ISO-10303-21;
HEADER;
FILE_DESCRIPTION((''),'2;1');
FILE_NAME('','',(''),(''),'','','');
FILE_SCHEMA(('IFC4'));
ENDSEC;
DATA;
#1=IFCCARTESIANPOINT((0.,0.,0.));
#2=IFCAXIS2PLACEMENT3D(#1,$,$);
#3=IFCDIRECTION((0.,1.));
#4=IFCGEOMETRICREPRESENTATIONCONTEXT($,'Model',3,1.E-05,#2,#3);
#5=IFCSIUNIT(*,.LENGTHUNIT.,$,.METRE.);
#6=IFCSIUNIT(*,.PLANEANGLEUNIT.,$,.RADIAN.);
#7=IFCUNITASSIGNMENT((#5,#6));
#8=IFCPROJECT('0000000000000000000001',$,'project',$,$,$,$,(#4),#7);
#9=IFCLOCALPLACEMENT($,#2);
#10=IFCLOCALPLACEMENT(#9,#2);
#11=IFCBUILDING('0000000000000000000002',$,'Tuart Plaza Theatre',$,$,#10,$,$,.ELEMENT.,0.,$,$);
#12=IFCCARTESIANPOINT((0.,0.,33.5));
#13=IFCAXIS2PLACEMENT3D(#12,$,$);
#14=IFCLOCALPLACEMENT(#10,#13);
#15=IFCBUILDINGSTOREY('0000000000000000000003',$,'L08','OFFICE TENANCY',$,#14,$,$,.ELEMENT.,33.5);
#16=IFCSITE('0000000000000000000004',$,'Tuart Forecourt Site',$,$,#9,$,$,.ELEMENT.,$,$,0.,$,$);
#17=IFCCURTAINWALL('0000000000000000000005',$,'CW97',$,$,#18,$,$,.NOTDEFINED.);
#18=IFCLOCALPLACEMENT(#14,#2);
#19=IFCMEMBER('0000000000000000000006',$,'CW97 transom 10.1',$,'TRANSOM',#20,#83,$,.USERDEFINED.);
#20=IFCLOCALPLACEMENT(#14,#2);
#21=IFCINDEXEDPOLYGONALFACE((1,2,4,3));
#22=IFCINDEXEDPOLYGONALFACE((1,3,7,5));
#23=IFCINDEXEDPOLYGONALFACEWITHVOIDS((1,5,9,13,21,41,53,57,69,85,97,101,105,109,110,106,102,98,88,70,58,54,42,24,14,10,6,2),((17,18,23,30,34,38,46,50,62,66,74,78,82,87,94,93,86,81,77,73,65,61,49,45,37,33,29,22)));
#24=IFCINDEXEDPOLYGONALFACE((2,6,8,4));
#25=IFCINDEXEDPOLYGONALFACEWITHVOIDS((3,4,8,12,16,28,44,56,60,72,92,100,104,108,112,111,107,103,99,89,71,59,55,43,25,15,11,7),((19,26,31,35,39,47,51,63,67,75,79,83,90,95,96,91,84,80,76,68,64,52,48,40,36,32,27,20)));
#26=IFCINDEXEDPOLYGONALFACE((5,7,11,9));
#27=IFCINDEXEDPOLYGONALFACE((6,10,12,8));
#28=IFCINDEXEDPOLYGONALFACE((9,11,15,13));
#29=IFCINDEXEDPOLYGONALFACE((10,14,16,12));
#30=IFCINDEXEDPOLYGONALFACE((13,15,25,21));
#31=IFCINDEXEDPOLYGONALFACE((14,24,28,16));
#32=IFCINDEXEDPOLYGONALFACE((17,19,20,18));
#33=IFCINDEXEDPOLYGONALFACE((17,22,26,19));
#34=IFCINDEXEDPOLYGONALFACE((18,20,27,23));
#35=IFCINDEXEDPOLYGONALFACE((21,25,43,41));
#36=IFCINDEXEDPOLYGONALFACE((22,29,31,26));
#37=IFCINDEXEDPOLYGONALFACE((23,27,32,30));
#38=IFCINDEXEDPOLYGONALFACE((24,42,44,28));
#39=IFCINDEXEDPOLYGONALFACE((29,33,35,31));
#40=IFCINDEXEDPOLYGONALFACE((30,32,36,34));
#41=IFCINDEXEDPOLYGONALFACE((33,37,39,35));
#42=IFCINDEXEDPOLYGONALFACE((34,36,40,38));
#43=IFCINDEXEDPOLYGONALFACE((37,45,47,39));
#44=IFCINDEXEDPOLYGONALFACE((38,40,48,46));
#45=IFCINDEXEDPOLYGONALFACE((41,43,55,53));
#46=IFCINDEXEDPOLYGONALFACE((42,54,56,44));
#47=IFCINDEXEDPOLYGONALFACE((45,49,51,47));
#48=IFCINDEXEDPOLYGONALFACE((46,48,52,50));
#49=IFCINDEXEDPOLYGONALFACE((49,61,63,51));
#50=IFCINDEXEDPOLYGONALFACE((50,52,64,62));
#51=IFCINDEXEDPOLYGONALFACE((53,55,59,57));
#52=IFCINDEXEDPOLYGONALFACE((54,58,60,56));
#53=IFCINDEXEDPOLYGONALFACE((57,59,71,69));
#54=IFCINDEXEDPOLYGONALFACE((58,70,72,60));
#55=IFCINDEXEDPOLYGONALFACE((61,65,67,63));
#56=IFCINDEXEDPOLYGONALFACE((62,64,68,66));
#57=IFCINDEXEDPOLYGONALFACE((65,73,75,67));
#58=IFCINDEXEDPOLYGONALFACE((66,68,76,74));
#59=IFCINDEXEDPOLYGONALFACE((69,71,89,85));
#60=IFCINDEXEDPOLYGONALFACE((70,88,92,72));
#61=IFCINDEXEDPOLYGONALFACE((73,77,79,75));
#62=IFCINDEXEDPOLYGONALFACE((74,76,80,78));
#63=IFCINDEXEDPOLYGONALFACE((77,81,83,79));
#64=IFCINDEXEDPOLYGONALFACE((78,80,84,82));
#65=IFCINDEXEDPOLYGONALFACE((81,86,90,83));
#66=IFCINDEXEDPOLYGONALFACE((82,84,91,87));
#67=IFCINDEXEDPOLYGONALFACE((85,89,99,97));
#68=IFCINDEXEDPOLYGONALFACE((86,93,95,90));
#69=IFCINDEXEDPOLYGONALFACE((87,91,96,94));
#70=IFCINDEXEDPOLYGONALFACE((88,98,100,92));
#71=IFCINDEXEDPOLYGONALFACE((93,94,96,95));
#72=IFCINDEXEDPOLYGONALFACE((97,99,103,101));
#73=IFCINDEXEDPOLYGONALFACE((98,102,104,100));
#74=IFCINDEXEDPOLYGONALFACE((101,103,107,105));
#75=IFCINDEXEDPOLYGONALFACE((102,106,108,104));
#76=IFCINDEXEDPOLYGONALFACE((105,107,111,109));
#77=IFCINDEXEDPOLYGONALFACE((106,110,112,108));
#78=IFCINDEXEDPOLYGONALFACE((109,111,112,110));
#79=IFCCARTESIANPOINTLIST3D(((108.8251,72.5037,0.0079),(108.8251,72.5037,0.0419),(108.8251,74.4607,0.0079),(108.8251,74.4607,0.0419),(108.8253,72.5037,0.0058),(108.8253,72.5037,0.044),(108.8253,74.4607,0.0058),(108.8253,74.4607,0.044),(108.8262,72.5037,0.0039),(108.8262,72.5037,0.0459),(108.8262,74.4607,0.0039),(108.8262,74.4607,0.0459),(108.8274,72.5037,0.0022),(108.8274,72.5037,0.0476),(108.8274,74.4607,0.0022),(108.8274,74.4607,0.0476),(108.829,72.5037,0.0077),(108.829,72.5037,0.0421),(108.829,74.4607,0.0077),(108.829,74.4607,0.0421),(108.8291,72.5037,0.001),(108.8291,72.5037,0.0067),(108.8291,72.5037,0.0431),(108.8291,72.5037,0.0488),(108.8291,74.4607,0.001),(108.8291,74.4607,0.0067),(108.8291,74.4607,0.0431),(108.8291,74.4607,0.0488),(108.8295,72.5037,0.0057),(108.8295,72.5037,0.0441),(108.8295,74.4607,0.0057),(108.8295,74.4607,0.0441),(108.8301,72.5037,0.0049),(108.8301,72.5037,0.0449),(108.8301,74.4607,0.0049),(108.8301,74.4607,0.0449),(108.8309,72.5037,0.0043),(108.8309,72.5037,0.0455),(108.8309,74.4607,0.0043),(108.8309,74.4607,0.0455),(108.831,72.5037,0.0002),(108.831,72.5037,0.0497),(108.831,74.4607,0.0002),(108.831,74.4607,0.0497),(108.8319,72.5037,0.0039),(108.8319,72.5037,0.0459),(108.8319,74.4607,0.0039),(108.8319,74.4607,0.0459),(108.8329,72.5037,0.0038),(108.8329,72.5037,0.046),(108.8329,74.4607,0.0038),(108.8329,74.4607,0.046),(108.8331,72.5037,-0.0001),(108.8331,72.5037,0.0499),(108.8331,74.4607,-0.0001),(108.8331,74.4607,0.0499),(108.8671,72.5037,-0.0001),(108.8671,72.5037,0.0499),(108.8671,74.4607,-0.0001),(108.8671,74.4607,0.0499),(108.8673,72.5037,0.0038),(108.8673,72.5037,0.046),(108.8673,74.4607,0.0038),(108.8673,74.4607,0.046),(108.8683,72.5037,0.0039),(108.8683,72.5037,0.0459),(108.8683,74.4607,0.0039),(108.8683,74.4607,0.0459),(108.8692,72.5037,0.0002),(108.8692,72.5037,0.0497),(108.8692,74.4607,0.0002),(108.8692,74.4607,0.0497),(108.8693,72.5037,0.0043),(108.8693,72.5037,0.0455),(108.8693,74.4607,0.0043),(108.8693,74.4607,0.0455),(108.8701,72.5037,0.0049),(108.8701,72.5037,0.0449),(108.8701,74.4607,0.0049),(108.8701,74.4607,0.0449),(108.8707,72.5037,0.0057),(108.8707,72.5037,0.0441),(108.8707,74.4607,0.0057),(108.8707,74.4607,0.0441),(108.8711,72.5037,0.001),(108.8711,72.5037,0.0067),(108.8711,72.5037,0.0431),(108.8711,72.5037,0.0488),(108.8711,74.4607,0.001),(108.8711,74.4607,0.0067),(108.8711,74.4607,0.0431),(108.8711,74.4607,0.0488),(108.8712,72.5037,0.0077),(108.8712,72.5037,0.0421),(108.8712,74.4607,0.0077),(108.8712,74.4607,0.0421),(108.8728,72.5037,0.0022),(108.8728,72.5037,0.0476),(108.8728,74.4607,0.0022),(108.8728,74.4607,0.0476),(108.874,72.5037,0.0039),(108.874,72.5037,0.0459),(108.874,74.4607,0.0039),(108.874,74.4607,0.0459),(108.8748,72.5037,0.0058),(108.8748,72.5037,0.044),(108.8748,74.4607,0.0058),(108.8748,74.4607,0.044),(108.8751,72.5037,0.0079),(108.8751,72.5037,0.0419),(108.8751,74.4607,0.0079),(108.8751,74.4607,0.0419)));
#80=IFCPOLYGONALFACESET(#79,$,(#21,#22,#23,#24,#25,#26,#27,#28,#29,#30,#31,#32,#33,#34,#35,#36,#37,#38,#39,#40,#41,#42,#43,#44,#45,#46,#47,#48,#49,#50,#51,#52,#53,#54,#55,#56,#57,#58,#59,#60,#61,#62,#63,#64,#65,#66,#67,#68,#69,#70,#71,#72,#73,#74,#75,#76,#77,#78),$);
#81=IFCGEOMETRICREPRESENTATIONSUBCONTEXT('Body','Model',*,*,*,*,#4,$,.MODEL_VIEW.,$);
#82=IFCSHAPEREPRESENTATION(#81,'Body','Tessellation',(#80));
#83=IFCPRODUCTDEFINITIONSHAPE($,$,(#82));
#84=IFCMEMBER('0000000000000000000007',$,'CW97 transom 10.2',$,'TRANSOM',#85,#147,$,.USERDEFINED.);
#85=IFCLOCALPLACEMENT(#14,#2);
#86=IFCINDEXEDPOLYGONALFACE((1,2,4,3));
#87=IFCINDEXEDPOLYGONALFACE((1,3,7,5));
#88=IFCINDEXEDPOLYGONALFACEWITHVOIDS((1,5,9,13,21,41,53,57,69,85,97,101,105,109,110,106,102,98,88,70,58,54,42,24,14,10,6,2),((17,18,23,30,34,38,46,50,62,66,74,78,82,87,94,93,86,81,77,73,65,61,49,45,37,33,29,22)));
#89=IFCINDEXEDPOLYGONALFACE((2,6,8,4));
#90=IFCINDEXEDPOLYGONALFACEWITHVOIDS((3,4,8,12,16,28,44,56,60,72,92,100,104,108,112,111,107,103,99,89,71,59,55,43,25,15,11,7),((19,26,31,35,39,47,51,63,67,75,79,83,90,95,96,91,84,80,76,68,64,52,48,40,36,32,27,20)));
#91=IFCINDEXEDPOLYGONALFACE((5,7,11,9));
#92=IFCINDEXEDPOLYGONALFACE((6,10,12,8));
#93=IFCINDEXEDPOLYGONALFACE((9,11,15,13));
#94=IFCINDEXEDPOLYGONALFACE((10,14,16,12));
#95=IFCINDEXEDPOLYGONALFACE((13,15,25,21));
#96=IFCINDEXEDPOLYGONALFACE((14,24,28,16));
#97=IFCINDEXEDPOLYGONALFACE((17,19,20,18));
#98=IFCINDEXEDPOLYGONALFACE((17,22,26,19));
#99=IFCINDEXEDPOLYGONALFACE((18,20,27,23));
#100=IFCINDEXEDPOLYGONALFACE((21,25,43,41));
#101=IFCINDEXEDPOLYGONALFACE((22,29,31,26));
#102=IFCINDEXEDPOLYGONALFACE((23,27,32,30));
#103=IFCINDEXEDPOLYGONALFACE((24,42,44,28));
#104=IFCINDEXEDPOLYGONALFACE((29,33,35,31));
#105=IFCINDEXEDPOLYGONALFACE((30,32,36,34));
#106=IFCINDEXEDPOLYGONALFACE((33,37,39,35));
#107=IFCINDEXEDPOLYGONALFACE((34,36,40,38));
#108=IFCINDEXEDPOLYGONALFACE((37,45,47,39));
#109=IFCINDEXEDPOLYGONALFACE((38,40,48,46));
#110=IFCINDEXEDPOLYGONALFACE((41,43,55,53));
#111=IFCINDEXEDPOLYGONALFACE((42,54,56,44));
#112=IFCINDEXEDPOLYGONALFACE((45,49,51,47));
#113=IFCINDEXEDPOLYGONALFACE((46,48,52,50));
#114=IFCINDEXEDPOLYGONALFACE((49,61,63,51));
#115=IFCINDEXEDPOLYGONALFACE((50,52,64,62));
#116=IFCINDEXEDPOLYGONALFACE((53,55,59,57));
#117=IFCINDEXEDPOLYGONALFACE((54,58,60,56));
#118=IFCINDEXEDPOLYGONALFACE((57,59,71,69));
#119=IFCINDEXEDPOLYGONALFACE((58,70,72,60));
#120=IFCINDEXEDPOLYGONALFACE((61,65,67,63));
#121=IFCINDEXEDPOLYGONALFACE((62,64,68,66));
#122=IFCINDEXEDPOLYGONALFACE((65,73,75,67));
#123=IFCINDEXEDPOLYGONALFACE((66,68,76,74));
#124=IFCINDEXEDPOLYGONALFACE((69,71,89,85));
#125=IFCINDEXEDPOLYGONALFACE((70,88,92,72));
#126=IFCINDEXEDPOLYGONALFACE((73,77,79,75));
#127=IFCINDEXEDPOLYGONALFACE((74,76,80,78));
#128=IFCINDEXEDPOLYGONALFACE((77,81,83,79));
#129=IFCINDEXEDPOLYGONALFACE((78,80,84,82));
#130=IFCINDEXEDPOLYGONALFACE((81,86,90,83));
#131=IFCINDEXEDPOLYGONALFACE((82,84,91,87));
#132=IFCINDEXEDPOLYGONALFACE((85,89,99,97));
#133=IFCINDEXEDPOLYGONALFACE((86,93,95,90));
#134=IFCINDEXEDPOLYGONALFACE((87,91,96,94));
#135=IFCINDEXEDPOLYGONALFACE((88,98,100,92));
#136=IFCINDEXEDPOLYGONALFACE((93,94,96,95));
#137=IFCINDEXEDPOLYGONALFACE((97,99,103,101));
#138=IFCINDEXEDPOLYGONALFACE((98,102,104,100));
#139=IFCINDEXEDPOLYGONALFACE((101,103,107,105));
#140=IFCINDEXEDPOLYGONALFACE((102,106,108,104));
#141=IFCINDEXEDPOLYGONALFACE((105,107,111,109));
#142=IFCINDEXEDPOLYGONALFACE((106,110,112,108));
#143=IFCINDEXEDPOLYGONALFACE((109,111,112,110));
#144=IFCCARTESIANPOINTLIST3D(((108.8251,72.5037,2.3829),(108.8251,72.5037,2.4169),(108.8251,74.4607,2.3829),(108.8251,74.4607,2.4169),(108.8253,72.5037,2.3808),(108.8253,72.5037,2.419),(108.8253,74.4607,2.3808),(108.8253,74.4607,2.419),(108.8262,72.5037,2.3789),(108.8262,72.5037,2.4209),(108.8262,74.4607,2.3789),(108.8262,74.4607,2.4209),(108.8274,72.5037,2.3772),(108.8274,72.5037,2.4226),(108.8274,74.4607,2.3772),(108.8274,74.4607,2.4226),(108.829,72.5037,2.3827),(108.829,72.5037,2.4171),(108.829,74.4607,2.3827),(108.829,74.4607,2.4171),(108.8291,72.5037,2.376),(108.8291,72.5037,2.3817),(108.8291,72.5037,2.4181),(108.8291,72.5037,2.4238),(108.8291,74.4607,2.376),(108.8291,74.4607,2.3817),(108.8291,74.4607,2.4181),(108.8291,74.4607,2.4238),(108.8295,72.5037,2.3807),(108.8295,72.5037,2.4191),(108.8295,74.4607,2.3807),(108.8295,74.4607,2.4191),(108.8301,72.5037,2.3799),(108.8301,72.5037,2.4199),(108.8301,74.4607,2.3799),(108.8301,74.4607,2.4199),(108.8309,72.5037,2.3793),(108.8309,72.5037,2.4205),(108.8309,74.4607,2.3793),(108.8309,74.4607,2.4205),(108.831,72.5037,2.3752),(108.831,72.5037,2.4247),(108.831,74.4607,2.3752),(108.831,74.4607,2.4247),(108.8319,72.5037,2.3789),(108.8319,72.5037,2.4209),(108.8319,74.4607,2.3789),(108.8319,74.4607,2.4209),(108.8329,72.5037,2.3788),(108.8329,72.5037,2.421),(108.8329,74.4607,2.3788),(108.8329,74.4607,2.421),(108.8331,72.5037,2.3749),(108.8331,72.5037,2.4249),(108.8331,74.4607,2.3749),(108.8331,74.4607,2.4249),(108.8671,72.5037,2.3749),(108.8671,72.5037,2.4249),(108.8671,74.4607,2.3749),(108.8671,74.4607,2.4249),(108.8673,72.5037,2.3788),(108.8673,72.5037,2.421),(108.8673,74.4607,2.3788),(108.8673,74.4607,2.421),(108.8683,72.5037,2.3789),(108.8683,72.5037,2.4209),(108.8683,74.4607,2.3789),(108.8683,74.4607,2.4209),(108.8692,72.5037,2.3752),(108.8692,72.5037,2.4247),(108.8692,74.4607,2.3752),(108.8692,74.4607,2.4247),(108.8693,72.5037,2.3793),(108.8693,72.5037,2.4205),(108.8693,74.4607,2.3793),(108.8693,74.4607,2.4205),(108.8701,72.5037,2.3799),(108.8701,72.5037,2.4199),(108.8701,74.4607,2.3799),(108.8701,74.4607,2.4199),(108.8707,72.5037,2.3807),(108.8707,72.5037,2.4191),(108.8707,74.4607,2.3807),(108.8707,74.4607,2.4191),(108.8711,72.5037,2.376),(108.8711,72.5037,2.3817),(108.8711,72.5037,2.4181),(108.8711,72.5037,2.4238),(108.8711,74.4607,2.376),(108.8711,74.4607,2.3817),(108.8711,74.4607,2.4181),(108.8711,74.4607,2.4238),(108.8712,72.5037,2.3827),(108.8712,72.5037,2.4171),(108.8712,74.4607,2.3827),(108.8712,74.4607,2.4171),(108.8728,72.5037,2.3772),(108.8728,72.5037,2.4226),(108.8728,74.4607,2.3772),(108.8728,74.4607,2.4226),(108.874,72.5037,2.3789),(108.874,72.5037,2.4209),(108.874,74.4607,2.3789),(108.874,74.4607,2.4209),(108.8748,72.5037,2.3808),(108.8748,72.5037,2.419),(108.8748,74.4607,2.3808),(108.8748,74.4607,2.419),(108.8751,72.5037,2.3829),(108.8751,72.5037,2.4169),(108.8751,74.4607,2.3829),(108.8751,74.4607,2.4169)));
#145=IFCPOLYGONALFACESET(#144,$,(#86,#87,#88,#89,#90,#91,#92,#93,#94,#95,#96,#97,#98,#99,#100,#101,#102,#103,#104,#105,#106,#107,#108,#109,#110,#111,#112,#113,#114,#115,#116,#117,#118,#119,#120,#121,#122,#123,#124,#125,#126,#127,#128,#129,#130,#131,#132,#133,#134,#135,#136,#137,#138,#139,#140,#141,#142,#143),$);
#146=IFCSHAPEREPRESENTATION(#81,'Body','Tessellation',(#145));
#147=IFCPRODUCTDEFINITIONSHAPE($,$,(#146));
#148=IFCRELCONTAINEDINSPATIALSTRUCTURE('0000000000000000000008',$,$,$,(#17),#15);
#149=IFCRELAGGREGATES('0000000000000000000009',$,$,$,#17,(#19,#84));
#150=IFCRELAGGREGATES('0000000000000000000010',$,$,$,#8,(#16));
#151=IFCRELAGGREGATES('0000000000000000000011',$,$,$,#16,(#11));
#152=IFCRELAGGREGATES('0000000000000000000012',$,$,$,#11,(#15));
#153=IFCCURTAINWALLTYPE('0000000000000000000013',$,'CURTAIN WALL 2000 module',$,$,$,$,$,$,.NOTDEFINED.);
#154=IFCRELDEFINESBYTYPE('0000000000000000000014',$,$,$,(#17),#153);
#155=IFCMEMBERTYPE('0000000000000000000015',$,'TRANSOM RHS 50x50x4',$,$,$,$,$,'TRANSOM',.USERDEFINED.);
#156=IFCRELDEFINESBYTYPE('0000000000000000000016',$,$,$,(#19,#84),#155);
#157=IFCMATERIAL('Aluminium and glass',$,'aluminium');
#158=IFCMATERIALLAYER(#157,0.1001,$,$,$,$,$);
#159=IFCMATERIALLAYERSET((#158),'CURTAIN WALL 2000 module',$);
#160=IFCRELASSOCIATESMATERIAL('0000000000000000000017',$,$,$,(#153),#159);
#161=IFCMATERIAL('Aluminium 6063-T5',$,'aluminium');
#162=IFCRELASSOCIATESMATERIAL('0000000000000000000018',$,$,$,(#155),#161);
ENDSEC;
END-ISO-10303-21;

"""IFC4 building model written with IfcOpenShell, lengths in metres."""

from ifc_helpers import new_model, si_unit, direction, frame, origin, origin_2d, place, context, subcontext, project, spatial, hollow_rectangle, extrude, material, layer, layer_set, material_profile, profile_set, type_object, element, aggregate, save


model = new_model("IFC4")

# Units and contexts
model_context = context("Model", 3, precision=1e-05, world=origin(), true_north=direction((0.0, 1.0)))
body_context = subcontext(model_context, "Body", "Model", "MODEL_VIEW")
ifc_project = project(units=[si_unit("LENGTHUNIT", "METRE"), si_unit("PLANEANGLEUNIT", "RADIAN")], contexts=[model_context])

# Site, building, storey
site_placement = place(None, origin())
site = spatial("IfcSite", under=ifc_project, at=site_placement, Name="Tuart Forecourt Site", CompositionType="ELEMENT", RefElevation=0.0)
building_placement = place(site_placement, origin())
building = spatial("IfcBuilding", under=site, at=building_placement, Name="Tuart Plaza Theatre", CompositionType="ELEMENT", ElevationOfRefHeight=0.0)
storey_placement = place(building_placement, frame((0.0, 0.0, 33.5)))
storey = spatial("IfcBuildingStorey", under=building, at=storey_placement, Name="L08", Description="OFFICE TENANCY", CompositionType="ELEMENT", Elevation=33.5)

# Curtain wall, members
ifc_material_1 = material(Name="Aluminium and glass", Category="aluminium")
ifc_layer_1 = layer(ifc_material_1, 0.1001)
ifc_layer_set_1 = layer_set([ifc_layer_1], Name="CURTAIN WALL 2000 module")
curtain_wall_type = type_object("IfcCurtainWallType", Name="CURTAIN WALL 2000 module", PredefinedType="NOTDEFINED", material=ifc_layer_set_1)
curtain_wall_placement = place(storey_placement, origin())
curtain_wall = element("IfcCurtainWall", 1, at=curtain_wall_placement, inside=storey, type_object=curtain_wall_type, Name="CW97", PredefinedType="NOTDEFINED")
ifc_material_2 = material(Name="Aluminium 6063-T5", Category="aluminium")
ifc_material_profile_1 = material_profile(ifc_material_2, hollow_rectangle(XDim=0.05, YDim=0.05, WallThickness=0.0039, InnerFilletRadius=0.0039, OuterFilletRadius=0.0081, at=origin_2d()), Name="RHS 50x50x4")
ifc_profile_set_1 = profile_set([ifc_material_profile_1], Name="Aluminium 6063-T5")
member_type_1 = type_object("IfcMemberType", Name="TRANSOM RHS 50x50x4", ElementType="TRANSOM", PredefinedType="USERDEFINED", material=ifc_profile_set_1)
member_1_placement = place(storey_placement, frame((108.8501, 74.4607, 0.0249), z_axis=(0.0, -1.0, 0.0), x_axis=(1.0, 0.0, 0.0)))
member_1 = element("IfcMember", 2, at=member_1_placement, type_object=member_type_1, Name="CW97 transom 10.1", ObjectType="TRANSOM", PredefinedType="USERDEFINED", context=body_context, shape_type="SweptSolid", body=[
    extrude(hollow_rectangle(XDim=0.05, YDim=0.05, WallThickness=0.0039, InnerFilletRadius=0.0039, OuterFilletRadius=0.0081, at=origin_2d()), origin(), (0.0, 0.0, 1.0), 1.957),
])
member_2_placement = place(storey_placement, frame((108.8501, 74.4607, 2.3999), z_axis=(0.0, -1.0, 0.0), x_axis=(1.0, 0.0, 0.0)))
member_2 = element("IfcMember", 3, at=member_2_placement, type_object=member_type_1, Name="CW97 transom 10.2", ObjectType="TRANSOM", PredefinedType="USERDEFINED", context=body_context, shape_type="SweptSolid", body=[
    extrude(hollow_rectangle(XDim=0.05, YDim=0.05, WallThickness=0.0039, InnerFilletRadius=0.0039, OuterFilletRadius=0.0081, at=origin_2d()), origin(), (0.0, 0.0, 1.0), 1.957),
])
aggregate(curtain_wall, [member_1, member_2])

save(model, "model.ifc")
